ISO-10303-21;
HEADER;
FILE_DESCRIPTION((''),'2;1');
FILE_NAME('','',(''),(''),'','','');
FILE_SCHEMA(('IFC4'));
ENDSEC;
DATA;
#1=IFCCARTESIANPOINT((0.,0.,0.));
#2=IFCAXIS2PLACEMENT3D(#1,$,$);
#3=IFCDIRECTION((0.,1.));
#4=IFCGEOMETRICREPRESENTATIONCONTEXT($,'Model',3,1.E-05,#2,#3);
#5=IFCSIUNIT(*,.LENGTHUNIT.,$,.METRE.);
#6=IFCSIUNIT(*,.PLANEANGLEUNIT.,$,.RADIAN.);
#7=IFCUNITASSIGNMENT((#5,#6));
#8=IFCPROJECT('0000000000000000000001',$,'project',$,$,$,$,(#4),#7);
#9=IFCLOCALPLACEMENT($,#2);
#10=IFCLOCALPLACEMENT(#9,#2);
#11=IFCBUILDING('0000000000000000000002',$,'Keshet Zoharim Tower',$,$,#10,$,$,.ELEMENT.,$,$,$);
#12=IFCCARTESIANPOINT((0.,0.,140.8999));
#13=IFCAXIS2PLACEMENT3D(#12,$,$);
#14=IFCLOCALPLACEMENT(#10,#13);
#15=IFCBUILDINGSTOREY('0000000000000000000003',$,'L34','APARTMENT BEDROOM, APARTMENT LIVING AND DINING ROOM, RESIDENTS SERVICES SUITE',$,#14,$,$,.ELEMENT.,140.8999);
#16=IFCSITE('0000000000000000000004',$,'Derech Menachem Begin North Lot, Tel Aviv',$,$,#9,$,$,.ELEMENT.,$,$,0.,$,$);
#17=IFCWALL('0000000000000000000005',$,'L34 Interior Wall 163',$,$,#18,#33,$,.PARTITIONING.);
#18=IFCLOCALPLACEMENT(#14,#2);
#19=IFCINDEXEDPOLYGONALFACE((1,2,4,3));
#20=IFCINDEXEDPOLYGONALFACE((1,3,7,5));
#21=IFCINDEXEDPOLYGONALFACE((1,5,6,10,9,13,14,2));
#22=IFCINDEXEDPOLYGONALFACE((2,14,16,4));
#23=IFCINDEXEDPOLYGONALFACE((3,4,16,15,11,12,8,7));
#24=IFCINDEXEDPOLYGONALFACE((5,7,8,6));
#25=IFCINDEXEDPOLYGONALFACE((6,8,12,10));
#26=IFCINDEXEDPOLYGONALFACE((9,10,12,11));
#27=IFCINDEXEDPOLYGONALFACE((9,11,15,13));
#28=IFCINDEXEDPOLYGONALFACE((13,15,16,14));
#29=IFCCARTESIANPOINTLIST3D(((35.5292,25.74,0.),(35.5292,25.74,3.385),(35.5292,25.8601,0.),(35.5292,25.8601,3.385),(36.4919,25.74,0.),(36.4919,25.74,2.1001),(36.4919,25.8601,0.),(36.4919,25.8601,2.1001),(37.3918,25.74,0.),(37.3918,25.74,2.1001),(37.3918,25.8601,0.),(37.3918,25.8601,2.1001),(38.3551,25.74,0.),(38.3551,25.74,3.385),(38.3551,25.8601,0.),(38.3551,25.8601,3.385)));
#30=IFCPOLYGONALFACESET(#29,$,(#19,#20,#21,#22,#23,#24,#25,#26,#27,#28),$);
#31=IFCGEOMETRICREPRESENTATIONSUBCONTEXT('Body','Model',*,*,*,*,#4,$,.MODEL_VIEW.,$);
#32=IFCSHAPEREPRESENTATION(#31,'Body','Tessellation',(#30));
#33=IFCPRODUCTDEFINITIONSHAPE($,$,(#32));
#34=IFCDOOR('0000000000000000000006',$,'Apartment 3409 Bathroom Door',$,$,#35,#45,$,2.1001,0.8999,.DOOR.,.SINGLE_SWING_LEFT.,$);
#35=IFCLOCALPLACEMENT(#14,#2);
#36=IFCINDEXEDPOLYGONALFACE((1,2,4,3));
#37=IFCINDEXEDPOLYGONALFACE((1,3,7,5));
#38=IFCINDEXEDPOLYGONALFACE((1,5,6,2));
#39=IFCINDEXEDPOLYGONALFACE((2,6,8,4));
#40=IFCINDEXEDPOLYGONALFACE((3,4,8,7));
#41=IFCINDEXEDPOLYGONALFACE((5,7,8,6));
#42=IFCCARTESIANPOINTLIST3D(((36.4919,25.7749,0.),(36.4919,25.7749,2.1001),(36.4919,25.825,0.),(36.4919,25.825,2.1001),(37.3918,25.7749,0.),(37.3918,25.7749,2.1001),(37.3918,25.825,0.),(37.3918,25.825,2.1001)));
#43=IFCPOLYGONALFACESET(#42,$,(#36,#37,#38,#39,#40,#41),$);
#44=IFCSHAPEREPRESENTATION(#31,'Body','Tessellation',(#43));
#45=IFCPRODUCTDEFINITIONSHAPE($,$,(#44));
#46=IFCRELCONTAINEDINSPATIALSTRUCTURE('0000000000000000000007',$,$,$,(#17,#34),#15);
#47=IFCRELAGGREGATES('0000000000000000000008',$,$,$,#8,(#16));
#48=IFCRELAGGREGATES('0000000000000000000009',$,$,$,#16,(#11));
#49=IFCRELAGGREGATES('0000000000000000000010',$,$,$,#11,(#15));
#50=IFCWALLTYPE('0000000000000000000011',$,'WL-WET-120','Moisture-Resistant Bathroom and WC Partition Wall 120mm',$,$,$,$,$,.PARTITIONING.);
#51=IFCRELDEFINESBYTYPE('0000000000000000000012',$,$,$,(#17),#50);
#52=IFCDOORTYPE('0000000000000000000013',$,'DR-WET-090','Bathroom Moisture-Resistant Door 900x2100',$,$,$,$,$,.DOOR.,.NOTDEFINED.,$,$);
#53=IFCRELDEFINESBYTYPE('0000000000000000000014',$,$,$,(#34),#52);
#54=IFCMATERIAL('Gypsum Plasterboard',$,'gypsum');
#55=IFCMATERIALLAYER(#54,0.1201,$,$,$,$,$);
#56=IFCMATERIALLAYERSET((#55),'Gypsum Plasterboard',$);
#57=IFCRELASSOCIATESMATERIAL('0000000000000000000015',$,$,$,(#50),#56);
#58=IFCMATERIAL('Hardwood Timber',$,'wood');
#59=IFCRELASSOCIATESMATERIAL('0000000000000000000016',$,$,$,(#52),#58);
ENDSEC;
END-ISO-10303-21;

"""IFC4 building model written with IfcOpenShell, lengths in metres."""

from ifc_helpers import new_model, si_unit, direction, frame, frame_2d, origin, place, context, subcontext, project, spatial, rectangle, extrude, material, layer, layer_set, type_object, element, fill, save


model = new_model("IFC4")

# Units and contexts
model_context = context("Model", 3, precision=1e-05, world=origin(), true_north=direction((0.0, 1.0)))
body_context = subcontext(model_context, "Body", "Model", "MODEL_VIEW")
ifc_project = project(units=[si_unit("LENGTHUNIT", "METRE"), si_unit("PLANEANGLEUNIT", "RADIAN")], contexts=[model_context])

# Site, building, storey
site_placement = place(None, origin())
site = spatial("IfcSite", under=ifc_project, at=site_placement, Name="Derech Menachem Begin North Lot, Tel Aviv", CompositionType="ELEMENT", RefElevation=0.0)
building_placement = place(site_placement, origin())
building = spatial("IfcBuilding", under=site, at=building_placement, Name="Keshet Zoharim Tower", CompositionType="ELEMENT")
storey_placement = place(building_placement, frame((0.0, 0.0, 140.8999)))
storey = spatial("IfcBuildingStorey", under=building, at=storey_placement, Name="L34", Description="APARTMENT BEDROOM, APARTMENT LIVING AND DINING ROOM, RESIDENTS SERVICES SUITE", CompositionType="ELEMENT", Elevation=140.8999)

# Shared definitions
ifc_material_1 = material(Name="Hardwood Timber", Category="wood")

# Shared definitions
ifc_material_2 = material(Name="Gypsum Plasterboard", Category="gypsum")

# Shared definitions
ifc_layer_1 = layer(ifc_material_2, 0.1201)
ifc_layer_set_1 = layer_set([ifc_layer_1], Name="Gypsum Plasterboard")
wall_type_1 = type_object("IfcWallType", Name="WL-WET-120", Description="Moisture-Resistant Bathroom and WC Partition Wall 120mm", PredefinedType="PARTITIONING", material=ifc_layer_set_1)

# Wall, opening, door
wall_1_placement = place(storey_placement, frame((35.5291, 25.8, 0.0), z_axis=(0.0, 0.0, 1.0), x_axis=(1.0, 0.0, 0.0)))
wall_1 = element("IfcWall", 1, at=wall_1_placement, inside=storey, type_object=wall_type_1, Name="L34 Interior Wall 163", PredefinedType="PARTITIONING", context=body_context, shape_type="SweptSolid", body=[
    extrude(rectangle(XDim=2.8259, YDim=0.1201, at=frame_2d((1.4131, 0.0))), origin(), (0.0, 0.0, 1.0), 3.385),
])
opening_1_placement = place(wall_1_placement, frame((0.9629, 0.0, 0.0)))
opening_1 = element("IfcOpeningElement", 2, at=opening_1_placement, cuts=wall_1, PredefinedType="OPENING", context=body_context, shape_type="SweptSolid", body=[
    extrude(rectangle(XDim=0.8999, YDim=2.1001, at=frame_2d((0.45, 1.05))), frame((0.0, 0.0701, 0.0), z_axis=(0.0, -1.0, 0.0), x_axis=(1.0, 0.0, 0.0)), (0.0, 0.0, 1.0), 0.1401),
])
door_type_1 = type_object("IfcDoorType", Name="DR-WET-090", Description="Bathroom Moisture-Resistant Door 900x2100", OperationType="NOTDEFINED", PredefinedType="DOOR", material=ifc_material_1)
door_1_placement = place(opening_1_placement, origin())
door_1 = element("IfcDoor", 3, at=door_1_placement, inside=storey, type_object=door_type_1, Name="Apartment 3409 Bathroom Door", OperationType="SINGLE_SWING_LEFT", OverallHeight=2.1001, OverallWidth=0.8999, PredefinedType="DOOR", context=body_context, shape_type="SweptSolid", body=[
    extrude(rectangle(XDim=0.8999, YDim=2.1001, at=frame_2d((0.45, 1.05))), frame((0.0, 0.0249, 0.0), z_axis=(0.0, -1.0, 0.0), x_axis=(1.0, 0.0, 0.0)), (0.0, 0.0, 1.0), 0.05),
])
fill(opening_1, door_1)

save(model, "model.ifc")
